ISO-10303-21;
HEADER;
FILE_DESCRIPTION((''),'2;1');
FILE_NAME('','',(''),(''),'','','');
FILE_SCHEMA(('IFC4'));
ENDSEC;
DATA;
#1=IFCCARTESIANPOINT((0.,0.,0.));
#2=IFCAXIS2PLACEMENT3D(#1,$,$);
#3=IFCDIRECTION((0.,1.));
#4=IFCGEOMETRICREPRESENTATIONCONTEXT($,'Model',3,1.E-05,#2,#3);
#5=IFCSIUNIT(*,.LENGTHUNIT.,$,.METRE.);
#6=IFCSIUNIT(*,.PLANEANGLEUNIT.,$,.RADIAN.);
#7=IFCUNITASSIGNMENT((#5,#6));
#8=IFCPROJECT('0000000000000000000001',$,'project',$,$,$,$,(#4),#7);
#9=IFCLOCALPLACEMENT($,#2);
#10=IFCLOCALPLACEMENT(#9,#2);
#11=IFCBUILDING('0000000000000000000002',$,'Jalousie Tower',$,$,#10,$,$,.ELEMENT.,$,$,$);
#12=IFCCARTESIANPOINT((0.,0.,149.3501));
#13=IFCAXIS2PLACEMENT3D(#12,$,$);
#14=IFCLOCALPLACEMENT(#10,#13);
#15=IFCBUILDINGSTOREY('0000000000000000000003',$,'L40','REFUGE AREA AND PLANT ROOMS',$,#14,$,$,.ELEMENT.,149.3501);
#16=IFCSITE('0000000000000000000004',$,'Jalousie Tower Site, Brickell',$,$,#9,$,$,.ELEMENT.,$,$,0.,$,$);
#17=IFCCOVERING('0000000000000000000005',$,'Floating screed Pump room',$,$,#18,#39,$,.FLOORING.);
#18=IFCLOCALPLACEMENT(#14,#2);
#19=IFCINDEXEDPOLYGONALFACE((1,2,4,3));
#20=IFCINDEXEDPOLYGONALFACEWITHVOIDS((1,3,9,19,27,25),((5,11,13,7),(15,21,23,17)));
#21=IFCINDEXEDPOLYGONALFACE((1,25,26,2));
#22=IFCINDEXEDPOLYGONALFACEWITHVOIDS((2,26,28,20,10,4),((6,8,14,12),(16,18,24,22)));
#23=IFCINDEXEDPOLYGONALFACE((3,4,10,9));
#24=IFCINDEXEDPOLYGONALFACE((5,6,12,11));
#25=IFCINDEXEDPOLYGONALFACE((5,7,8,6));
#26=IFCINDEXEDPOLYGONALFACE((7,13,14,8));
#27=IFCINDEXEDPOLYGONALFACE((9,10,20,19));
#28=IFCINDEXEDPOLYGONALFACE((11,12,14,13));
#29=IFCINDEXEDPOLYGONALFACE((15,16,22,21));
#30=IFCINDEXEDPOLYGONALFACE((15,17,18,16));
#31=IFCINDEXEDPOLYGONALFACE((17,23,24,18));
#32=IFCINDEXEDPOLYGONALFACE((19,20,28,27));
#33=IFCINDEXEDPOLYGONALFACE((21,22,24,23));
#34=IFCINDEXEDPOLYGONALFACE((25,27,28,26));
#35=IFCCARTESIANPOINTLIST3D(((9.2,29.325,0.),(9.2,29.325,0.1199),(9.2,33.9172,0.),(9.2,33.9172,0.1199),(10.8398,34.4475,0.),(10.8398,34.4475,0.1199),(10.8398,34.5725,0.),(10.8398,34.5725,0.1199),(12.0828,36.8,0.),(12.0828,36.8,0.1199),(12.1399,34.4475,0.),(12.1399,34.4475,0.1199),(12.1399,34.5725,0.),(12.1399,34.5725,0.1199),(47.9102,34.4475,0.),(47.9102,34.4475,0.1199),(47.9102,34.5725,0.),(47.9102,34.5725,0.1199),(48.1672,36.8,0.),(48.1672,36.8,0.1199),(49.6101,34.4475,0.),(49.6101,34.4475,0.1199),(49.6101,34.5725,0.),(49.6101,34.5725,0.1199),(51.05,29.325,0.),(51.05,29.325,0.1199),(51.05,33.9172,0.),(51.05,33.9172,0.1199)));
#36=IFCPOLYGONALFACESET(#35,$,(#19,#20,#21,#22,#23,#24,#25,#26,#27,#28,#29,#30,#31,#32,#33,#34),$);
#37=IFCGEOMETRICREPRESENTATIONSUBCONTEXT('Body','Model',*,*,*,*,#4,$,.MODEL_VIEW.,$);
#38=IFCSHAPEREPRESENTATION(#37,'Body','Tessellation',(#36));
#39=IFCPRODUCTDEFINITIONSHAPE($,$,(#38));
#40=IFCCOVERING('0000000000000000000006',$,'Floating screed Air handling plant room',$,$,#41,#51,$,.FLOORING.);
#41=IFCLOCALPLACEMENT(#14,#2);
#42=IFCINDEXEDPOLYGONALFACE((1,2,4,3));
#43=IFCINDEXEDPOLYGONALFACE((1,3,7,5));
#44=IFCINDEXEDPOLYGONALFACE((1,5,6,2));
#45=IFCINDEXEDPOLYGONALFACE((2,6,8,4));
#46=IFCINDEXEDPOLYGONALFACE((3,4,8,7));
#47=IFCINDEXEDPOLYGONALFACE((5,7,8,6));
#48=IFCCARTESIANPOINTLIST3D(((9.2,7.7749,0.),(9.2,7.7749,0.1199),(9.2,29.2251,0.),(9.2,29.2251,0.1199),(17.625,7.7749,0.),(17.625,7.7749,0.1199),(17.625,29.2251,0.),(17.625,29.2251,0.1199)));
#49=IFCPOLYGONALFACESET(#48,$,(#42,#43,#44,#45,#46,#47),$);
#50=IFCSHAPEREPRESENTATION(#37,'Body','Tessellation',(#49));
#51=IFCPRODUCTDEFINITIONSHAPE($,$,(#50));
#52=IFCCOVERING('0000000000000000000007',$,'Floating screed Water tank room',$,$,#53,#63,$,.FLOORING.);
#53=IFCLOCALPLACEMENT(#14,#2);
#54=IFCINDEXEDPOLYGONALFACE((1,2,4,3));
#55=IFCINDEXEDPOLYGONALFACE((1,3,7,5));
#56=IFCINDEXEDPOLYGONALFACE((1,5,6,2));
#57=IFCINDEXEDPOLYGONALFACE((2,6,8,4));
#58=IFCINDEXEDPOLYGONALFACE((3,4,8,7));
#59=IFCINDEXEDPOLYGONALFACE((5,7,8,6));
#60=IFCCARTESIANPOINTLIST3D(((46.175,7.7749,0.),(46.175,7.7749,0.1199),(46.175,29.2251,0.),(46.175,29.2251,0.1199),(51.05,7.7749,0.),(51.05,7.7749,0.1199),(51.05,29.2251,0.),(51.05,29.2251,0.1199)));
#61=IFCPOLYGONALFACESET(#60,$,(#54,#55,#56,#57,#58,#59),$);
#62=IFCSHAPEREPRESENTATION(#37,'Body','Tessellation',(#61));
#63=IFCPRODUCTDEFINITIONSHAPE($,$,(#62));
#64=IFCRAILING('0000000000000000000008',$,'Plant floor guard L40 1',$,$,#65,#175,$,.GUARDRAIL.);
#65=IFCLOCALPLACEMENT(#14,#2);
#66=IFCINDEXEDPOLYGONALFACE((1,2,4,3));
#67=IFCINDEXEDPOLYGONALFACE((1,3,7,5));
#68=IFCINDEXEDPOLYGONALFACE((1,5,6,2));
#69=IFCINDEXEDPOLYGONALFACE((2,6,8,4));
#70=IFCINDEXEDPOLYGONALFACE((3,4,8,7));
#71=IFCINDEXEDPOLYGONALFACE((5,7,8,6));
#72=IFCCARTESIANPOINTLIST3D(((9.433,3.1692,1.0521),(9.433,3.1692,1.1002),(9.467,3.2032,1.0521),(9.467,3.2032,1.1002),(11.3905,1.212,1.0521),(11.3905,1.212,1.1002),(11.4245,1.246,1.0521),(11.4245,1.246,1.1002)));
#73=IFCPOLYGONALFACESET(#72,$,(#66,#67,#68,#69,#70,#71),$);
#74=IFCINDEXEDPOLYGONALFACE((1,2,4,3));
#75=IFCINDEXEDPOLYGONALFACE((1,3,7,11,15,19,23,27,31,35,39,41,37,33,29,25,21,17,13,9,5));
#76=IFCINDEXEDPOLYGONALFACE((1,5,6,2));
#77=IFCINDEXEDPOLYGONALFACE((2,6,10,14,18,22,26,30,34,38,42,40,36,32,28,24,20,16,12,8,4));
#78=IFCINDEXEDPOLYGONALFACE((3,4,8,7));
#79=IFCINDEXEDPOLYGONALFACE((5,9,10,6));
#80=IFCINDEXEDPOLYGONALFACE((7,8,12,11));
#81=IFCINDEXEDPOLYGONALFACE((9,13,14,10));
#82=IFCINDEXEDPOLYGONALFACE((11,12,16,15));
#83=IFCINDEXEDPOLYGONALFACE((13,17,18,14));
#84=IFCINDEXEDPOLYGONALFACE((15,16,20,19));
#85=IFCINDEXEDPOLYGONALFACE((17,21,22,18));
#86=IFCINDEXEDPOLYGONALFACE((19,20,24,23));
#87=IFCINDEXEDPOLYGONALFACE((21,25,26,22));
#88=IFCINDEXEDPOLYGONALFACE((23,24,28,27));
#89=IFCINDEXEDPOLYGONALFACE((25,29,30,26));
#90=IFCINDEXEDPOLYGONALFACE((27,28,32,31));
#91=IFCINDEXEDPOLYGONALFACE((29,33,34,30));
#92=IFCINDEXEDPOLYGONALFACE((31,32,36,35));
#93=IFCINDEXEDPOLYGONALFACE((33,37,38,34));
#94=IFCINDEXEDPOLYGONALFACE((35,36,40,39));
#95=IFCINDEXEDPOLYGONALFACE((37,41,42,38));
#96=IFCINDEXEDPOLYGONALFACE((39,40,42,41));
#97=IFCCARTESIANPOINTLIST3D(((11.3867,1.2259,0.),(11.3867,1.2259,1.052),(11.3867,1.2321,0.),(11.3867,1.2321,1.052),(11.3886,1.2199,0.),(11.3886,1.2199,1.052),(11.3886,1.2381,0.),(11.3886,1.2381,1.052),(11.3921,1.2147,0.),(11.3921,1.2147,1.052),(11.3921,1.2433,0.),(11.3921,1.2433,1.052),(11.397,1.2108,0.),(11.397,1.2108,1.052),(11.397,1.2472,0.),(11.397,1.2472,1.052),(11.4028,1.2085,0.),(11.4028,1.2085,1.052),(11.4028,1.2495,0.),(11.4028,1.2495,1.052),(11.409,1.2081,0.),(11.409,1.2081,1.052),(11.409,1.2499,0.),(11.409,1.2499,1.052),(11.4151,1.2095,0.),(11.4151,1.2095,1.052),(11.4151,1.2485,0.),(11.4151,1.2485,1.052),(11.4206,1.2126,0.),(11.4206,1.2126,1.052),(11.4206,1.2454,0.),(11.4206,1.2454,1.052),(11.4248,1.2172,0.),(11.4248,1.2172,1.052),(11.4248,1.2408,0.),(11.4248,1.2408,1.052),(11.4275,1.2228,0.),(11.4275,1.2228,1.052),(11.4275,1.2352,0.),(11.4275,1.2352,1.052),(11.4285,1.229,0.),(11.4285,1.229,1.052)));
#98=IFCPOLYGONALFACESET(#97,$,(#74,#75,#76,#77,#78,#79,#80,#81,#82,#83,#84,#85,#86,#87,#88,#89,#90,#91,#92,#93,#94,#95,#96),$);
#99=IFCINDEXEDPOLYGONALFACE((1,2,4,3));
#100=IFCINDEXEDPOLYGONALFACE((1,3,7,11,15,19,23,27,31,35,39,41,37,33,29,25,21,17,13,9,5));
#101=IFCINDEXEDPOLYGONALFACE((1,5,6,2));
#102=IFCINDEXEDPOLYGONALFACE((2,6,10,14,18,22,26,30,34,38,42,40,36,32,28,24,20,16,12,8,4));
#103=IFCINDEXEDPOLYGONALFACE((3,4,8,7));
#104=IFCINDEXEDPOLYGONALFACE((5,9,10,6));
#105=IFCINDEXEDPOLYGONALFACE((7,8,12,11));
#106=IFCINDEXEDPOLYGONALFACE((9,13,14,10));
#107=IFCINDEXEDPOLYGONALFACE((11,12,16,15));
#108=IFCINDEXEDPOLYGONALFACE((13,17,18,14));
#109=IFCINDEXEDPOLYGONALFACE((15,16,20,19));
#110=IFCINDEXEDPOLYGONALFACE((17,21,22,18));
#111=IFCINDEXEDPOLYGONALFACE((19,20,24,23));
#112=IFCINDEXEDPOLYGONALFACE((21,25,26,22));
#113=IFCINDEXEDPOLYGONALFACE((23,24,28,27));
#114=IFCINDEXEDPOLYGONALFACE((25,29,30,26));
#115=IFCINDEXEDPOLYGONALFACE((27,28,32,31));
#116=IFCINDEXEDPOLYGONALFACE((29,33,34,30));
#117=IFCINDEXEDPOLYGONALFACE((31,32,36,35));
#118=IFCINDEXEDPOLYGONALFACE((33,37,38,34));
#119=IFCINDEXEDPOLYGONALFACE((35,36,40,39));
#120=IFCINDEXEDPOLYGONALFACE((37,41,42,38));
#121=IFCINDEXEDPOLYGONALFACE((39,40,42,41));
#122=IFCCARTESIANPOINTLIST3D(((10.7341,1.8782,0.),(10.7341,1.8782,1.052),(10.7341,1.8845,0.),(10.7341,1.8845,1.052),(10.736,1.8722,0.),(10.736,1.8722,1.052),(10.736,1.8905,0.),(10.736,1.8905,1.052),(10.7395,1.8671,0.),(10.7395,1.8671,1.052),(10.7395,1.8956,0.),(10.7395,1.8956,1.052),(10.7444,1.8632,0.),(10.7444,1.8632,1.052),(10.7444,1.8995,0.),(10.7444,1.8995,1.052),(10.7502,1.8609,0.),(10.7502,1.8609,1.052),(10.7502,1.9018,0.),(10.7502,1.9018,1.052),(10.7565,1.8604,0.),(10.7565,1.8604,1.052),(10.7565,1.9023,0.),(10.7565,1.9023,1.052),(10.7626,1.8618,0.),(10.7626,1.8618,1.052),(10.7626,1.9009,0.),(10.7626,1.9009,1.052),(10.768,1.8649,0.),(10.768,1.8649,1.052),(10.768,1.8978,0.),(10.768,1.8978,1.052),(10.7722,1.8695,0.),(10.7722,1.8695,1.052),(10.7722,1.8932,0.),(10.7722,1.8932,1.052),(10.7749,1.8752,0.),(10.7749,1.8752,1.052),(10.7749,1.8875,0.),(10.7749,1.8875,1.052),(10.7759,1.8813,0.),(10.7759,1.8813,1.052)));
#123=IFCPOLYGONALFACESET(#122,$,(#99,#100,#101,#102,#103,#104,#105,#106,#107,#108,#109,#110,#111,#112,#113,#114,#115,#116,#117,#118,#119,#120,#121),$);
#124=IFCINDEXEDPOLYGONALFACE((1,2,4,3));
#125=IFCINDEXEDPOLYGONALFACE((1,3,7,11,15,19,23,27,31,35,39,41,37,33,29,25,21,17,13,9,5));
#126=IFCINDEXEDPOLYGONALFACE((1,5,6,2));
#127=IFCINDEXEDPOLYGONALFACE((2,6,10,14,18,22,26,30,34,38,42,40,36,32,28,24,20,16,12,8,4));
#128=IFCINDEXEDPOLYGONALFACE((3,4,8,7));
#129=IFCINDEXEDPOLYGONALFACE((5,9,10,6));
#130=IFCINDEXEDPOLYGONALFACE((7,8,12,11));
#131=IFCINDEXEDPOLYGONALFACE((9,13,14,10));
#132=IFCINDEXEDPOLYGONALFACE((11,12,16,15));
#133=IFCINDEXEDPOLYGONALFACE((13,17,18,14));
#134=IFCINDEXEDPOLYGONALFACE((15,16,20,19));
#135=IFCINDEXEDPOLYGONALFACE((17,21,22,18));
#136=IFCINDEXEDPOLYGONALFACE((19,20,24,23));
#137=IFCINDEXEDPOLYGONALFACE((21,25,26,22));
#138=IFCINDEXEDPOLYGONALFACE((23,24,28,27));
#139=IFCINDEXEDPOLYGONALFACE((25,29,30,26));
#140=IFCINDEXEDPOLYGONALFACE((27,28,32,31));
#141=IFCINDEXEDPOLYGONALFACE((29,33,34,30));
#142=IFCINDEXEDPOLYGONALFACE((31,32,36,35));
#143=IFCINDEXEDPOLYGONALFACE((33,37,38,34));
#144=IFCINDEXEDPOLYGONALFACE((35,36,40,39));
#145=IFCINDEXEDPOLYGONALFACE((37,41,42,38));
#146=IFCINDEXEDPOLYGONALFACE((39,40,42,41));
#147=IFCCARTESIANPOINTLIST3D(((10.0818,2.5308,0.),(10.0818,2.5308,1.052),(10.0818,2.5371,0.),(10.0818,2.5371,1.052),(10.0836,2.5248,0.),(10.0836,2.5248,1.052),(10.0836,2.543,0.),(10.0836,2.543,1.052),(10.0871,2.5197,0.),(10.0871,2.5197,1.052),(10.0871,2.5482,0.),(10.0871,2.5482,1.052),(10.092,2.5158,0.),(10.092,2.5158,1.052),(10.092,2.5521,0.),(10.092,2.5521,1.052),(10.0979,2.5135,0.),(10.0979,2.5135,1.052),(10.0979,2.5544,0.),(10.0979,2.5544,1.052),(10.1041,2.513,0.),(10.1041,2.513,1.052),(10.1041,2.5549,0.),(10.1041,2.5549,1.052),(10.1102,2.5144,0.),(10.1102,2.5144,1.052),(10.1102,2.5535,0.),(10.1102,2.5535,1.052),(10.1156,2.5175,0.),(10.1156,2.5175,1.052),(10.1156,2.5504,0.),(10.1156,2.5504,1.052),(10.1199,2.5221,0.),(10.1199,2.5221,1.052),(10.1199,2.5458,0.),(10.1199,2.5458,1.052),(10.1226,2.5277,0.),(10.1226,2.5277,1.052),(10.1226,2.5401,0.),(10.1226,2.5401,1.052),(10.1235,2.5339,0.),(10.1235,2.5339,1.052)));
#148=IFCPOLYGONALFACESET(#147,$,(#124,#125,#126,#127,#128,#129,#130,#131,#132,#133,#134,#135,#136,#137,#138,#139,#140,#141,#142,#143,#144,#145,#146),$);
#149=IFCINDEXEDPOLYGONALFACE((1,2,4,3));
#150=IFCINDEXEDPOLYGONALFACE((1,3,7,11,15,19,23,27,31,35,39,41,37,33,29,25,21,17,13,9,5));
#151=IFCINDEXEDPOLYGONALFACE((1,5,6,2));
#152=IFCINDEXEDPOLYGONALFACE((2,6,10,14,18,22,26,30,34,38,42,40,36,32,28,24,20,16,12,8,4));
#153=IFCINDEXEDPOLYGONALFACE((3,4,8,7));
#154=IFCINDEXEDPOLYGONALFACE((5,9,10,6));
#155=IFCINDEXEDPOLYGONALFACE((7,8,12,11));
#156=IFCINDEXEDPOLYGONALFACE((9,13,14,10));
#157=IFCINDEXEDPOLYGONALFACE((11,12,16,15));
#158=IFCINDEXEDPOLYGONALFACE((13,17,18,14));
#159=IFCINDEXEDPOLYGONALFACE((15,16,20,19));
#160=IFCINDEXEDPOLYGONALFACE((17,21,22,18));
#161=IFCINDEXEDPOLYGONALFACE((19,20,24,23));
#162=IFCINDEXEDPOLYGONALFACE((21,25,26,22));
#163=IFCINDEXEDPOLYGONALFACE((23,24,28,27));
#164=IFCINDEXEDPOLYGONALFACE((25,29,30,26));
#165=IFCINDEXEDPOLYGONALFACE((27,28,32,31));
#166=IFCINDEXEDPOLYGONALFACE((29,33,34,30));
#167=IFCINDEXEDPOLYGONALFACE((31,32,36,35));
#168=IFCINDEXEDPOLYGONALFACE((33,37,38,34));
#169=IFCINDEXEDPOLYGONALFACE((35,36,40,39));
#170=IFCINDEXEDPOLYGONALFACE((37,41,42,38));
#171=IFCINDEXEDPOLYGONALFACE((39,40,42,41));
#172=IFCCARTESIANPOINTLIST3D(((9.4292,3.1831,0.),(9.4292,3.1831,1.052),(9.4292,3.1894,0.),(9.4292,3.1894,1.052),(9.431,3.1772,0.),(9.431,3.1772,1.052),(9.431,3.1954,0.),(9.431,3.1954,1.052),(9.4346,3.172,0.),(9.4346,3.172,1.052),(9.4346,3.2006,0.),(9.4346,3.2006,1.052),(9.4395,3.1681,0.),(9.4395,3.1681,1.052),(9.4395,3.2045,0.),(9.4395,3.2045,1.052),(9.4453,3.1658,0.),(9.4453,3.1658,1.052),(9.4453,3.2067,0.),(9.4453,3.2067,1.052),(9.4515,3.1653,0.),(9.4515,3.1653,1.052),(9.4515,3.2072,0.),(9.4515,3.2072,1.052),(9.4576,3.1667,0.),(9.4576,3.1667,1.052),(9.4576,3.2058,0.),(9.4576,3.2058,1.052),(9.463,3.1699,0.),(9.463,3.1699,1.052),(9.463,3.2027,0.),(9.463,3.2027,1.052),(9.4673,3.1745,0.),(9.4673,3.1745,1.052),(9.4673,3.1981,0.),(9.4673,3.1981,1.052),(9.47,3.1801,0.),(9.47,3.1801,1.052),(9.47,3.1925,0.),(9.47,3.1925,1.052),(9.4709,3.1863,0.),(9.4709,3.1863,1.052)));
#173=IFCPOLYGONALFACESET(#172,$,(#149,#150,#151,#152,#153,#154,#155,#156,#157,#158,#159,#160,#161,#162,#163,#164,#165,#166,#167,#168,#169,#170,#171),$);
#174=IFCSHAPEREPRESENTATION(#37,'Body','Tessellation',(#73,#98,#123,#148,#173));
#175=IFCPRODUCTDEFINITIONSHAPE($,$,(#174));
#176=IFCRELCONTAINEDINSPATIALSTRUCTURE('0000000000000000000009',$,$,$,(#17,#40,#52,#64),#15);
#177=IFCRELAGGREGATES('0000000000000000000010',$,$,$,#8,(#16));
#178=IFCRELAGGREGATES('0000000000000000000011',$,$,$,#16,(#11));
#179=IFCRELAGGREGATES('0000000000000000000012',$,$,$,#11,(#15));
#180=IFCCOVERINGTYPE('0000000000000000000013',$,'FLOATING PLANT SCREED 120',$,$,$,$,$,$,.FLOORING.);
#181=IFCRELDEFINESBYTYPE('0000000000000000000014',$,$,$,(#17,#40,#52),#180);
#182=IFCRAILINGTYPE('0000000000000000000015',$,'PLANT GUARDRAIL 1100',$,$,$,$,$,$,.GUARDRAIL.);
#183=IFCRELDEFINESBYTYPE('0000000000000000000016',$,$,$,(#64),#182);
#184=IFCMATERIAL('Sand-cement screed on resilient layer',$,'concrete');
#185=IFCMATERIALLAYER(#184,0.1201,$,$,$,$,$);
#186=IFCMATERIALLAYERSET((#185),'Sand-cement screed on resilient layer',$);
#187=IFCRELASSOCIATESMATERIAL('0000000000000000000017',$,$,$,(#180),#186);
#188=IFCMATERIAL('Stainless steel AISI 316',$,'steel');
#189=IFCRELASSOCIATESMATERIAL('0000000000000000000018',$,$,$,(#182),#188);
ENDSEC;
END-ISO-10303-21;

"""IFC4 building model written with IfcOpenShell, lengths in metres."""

from ifc_helpers import new_model, si_unit, direction, frame, origin, origin_2d, place, context, subcontext, project, spatial, polyline, rectangle, circle, outline, extrude, material, layer, layer_set, type_object, element, save


model = new_model("IFC4")

# Units and contexts
model_context = context("Model", 3, precision=1e-05, world=origin(), true_north=direction((0.0, 1.0)))
body_context = subcontext(model_context, "Body", "Model", "MODEL_VIEW")
ifc_project = project(units=[si_unit("LENGTHUNIT", "METRE"), si_unit("PLANEANGLEUNIT", "RADIAN")], contexts=[model_context])

# Site, building, storey
site_placement = place(None, origin())
site = spatial("IfcSite", under=ifc_project, at=site_placement, Name="Jalousie Tower Site, Brickell", CompositionType="ELEMENT", RefElevation=0.0)
building_placement = place(site_placement, origin())
building = spatial("IfcBuilding", under=site, at=building_placement, Name="Jalousie Tower", CompositionType="ELEMENT")
storey_placement = place(building_placement, frame((0.0, 0.0, 149.3501)))
storey = spatial("IfcBuildingStorey", under=building, at=storey_placement, Name="L40", Description="REFUGE AREA AND PLANT ROOMS", CompositionType="ELEMENT", Elevation=149.3501)

# Coverings
ifc_material_1 = material(Name="Sand-cement screed on resilient layer", Category="concrete")
ifc_layer_1 = layer(ifc_material_1, 0.1201)
ifc_layer_set_1 = layer_set([ifc_layer_1], Name="Sand-cement screed on resilient layer")
covering_type = type_object("IfcCoveringType", Name="FLOATING PLANT SCREED 120", PredefinedType="FLOORING", material=ifc_layer_set_1)
covering_1_placement = place(storey_placement, origin())
element("IfcCovering", 1, at=covering_1_placement, inside=storey, type_object=covering_type, Name="Floating screed Pump room", PredefinedType="FLOORING", context=body_context, shape_type="SweptSolid", body=[
    extrude(outline(polyline([(9.2, 33.9172), (12.0828, 36.8), (48.1672, 36.8), (51.05, 33.9172), (51.05, 29.325), (9.2, 29.325), (9.2, 33.9172)]), holes=[polyline([(47.9102, 34.4475), (49.6101, 34.4475), (49.6101, 34.5725), (47.9102, 34.5725), (47.9102, 34.4475)]), polyline([(10.8398, 34.4475), (12.1399, 34.4475), (12.1399, 34.5725), (10.8398, 34.5725), (10.8398, 34.4475)])]), origin(), (0.0, 0.0, 1.0), 0.1199),
])
covering_2_placement = place(storey_placement, origin())
element("IfcCovering", 2, at=covering_2_placement, inside=storey, type_object=covering_type, Name="Floating screed Air handling plant room", PredefinedType="FLOORING", context=body_context, shape_type="SweptSolid", body=[
    extrude(outline(polyline([(17.625, 7.7749), (9.2, 7.7749), (9.2, 29.2251), (17.625, 29.2251), (17.625, 7.7749)])), origin(), (0.0, 0.0, 1.0), 0.1199),
])
covering_3_placement = place(storey_placement, origin())
element("IfcCovering", 3, at=covering_3_placement, inside=storey, type_object=covering_type, Name="Floating screed Water tank room", PredefinedType="FLOORING", context=body_context, shape_type="SweptSolid", body=[
    extrude(outline(polyline([(51.05, 29.2251), (51.05, 7.7749), (46.175, 7.7749), (46.175, 29.2251), (51.05, 29.2251)])), origin(), (0.0, 0.0, 1.0), 0.1199),
])

# Railing
ifc_material_2 = material(Name="Stainless steel AISI 316", Category="steel")
railing_type = type_object("IfcRailingType", Name="PLANT GUARDRAIL 1100", PredefinedType="GUARDRAIL", material=ifc_material_2)
railing_1_placement = place(storey_placement, frame((11.4075, 1.229, 0.0)))
element("IfcRailing", 4, at=railing_1_placement, inside=storey, type_object=railing_type, Name="Plant floor guard L40 1", PredefinedType="GUARDRAIL", context=body_context, shape_type="SweptSolid", body=[
    extrude(rectangle(XDim=0.0481, YDim=0.0481, at=origin_2d()), frame((0.0, 0.0, 1.0762), z_axis=(-0.707151, 0.707063, 0.0), x_axis=(-0.707063, -0.707151, 0.0)), (0.0, 0.0, 1.0), 2.7681),
    extrude(circle(Radius=0.021, at=origin_2d()), origin(), (0.0, 0.0, 1.0), 1.052),
    extrude(circle(Radius=0.021, at=origin_2d()), frame((-0.6526, 0.6523, 0.0)), (0.0, 0.0, 1.0), 1.052),
    extrude(circle(Radius=0.021, at=origin_2d()), frame((-1.3049, 1.3049, 0.0)), (0.0, 0.0, 1.0), 1.052),
    extrude(circle(Radius=0.021, at=origin_2d()), frame((-1.9575, 1.9573, 0.0)), (0.0, 0.0, 1.0), 1.052),
])

save(model, "model.ifc")
